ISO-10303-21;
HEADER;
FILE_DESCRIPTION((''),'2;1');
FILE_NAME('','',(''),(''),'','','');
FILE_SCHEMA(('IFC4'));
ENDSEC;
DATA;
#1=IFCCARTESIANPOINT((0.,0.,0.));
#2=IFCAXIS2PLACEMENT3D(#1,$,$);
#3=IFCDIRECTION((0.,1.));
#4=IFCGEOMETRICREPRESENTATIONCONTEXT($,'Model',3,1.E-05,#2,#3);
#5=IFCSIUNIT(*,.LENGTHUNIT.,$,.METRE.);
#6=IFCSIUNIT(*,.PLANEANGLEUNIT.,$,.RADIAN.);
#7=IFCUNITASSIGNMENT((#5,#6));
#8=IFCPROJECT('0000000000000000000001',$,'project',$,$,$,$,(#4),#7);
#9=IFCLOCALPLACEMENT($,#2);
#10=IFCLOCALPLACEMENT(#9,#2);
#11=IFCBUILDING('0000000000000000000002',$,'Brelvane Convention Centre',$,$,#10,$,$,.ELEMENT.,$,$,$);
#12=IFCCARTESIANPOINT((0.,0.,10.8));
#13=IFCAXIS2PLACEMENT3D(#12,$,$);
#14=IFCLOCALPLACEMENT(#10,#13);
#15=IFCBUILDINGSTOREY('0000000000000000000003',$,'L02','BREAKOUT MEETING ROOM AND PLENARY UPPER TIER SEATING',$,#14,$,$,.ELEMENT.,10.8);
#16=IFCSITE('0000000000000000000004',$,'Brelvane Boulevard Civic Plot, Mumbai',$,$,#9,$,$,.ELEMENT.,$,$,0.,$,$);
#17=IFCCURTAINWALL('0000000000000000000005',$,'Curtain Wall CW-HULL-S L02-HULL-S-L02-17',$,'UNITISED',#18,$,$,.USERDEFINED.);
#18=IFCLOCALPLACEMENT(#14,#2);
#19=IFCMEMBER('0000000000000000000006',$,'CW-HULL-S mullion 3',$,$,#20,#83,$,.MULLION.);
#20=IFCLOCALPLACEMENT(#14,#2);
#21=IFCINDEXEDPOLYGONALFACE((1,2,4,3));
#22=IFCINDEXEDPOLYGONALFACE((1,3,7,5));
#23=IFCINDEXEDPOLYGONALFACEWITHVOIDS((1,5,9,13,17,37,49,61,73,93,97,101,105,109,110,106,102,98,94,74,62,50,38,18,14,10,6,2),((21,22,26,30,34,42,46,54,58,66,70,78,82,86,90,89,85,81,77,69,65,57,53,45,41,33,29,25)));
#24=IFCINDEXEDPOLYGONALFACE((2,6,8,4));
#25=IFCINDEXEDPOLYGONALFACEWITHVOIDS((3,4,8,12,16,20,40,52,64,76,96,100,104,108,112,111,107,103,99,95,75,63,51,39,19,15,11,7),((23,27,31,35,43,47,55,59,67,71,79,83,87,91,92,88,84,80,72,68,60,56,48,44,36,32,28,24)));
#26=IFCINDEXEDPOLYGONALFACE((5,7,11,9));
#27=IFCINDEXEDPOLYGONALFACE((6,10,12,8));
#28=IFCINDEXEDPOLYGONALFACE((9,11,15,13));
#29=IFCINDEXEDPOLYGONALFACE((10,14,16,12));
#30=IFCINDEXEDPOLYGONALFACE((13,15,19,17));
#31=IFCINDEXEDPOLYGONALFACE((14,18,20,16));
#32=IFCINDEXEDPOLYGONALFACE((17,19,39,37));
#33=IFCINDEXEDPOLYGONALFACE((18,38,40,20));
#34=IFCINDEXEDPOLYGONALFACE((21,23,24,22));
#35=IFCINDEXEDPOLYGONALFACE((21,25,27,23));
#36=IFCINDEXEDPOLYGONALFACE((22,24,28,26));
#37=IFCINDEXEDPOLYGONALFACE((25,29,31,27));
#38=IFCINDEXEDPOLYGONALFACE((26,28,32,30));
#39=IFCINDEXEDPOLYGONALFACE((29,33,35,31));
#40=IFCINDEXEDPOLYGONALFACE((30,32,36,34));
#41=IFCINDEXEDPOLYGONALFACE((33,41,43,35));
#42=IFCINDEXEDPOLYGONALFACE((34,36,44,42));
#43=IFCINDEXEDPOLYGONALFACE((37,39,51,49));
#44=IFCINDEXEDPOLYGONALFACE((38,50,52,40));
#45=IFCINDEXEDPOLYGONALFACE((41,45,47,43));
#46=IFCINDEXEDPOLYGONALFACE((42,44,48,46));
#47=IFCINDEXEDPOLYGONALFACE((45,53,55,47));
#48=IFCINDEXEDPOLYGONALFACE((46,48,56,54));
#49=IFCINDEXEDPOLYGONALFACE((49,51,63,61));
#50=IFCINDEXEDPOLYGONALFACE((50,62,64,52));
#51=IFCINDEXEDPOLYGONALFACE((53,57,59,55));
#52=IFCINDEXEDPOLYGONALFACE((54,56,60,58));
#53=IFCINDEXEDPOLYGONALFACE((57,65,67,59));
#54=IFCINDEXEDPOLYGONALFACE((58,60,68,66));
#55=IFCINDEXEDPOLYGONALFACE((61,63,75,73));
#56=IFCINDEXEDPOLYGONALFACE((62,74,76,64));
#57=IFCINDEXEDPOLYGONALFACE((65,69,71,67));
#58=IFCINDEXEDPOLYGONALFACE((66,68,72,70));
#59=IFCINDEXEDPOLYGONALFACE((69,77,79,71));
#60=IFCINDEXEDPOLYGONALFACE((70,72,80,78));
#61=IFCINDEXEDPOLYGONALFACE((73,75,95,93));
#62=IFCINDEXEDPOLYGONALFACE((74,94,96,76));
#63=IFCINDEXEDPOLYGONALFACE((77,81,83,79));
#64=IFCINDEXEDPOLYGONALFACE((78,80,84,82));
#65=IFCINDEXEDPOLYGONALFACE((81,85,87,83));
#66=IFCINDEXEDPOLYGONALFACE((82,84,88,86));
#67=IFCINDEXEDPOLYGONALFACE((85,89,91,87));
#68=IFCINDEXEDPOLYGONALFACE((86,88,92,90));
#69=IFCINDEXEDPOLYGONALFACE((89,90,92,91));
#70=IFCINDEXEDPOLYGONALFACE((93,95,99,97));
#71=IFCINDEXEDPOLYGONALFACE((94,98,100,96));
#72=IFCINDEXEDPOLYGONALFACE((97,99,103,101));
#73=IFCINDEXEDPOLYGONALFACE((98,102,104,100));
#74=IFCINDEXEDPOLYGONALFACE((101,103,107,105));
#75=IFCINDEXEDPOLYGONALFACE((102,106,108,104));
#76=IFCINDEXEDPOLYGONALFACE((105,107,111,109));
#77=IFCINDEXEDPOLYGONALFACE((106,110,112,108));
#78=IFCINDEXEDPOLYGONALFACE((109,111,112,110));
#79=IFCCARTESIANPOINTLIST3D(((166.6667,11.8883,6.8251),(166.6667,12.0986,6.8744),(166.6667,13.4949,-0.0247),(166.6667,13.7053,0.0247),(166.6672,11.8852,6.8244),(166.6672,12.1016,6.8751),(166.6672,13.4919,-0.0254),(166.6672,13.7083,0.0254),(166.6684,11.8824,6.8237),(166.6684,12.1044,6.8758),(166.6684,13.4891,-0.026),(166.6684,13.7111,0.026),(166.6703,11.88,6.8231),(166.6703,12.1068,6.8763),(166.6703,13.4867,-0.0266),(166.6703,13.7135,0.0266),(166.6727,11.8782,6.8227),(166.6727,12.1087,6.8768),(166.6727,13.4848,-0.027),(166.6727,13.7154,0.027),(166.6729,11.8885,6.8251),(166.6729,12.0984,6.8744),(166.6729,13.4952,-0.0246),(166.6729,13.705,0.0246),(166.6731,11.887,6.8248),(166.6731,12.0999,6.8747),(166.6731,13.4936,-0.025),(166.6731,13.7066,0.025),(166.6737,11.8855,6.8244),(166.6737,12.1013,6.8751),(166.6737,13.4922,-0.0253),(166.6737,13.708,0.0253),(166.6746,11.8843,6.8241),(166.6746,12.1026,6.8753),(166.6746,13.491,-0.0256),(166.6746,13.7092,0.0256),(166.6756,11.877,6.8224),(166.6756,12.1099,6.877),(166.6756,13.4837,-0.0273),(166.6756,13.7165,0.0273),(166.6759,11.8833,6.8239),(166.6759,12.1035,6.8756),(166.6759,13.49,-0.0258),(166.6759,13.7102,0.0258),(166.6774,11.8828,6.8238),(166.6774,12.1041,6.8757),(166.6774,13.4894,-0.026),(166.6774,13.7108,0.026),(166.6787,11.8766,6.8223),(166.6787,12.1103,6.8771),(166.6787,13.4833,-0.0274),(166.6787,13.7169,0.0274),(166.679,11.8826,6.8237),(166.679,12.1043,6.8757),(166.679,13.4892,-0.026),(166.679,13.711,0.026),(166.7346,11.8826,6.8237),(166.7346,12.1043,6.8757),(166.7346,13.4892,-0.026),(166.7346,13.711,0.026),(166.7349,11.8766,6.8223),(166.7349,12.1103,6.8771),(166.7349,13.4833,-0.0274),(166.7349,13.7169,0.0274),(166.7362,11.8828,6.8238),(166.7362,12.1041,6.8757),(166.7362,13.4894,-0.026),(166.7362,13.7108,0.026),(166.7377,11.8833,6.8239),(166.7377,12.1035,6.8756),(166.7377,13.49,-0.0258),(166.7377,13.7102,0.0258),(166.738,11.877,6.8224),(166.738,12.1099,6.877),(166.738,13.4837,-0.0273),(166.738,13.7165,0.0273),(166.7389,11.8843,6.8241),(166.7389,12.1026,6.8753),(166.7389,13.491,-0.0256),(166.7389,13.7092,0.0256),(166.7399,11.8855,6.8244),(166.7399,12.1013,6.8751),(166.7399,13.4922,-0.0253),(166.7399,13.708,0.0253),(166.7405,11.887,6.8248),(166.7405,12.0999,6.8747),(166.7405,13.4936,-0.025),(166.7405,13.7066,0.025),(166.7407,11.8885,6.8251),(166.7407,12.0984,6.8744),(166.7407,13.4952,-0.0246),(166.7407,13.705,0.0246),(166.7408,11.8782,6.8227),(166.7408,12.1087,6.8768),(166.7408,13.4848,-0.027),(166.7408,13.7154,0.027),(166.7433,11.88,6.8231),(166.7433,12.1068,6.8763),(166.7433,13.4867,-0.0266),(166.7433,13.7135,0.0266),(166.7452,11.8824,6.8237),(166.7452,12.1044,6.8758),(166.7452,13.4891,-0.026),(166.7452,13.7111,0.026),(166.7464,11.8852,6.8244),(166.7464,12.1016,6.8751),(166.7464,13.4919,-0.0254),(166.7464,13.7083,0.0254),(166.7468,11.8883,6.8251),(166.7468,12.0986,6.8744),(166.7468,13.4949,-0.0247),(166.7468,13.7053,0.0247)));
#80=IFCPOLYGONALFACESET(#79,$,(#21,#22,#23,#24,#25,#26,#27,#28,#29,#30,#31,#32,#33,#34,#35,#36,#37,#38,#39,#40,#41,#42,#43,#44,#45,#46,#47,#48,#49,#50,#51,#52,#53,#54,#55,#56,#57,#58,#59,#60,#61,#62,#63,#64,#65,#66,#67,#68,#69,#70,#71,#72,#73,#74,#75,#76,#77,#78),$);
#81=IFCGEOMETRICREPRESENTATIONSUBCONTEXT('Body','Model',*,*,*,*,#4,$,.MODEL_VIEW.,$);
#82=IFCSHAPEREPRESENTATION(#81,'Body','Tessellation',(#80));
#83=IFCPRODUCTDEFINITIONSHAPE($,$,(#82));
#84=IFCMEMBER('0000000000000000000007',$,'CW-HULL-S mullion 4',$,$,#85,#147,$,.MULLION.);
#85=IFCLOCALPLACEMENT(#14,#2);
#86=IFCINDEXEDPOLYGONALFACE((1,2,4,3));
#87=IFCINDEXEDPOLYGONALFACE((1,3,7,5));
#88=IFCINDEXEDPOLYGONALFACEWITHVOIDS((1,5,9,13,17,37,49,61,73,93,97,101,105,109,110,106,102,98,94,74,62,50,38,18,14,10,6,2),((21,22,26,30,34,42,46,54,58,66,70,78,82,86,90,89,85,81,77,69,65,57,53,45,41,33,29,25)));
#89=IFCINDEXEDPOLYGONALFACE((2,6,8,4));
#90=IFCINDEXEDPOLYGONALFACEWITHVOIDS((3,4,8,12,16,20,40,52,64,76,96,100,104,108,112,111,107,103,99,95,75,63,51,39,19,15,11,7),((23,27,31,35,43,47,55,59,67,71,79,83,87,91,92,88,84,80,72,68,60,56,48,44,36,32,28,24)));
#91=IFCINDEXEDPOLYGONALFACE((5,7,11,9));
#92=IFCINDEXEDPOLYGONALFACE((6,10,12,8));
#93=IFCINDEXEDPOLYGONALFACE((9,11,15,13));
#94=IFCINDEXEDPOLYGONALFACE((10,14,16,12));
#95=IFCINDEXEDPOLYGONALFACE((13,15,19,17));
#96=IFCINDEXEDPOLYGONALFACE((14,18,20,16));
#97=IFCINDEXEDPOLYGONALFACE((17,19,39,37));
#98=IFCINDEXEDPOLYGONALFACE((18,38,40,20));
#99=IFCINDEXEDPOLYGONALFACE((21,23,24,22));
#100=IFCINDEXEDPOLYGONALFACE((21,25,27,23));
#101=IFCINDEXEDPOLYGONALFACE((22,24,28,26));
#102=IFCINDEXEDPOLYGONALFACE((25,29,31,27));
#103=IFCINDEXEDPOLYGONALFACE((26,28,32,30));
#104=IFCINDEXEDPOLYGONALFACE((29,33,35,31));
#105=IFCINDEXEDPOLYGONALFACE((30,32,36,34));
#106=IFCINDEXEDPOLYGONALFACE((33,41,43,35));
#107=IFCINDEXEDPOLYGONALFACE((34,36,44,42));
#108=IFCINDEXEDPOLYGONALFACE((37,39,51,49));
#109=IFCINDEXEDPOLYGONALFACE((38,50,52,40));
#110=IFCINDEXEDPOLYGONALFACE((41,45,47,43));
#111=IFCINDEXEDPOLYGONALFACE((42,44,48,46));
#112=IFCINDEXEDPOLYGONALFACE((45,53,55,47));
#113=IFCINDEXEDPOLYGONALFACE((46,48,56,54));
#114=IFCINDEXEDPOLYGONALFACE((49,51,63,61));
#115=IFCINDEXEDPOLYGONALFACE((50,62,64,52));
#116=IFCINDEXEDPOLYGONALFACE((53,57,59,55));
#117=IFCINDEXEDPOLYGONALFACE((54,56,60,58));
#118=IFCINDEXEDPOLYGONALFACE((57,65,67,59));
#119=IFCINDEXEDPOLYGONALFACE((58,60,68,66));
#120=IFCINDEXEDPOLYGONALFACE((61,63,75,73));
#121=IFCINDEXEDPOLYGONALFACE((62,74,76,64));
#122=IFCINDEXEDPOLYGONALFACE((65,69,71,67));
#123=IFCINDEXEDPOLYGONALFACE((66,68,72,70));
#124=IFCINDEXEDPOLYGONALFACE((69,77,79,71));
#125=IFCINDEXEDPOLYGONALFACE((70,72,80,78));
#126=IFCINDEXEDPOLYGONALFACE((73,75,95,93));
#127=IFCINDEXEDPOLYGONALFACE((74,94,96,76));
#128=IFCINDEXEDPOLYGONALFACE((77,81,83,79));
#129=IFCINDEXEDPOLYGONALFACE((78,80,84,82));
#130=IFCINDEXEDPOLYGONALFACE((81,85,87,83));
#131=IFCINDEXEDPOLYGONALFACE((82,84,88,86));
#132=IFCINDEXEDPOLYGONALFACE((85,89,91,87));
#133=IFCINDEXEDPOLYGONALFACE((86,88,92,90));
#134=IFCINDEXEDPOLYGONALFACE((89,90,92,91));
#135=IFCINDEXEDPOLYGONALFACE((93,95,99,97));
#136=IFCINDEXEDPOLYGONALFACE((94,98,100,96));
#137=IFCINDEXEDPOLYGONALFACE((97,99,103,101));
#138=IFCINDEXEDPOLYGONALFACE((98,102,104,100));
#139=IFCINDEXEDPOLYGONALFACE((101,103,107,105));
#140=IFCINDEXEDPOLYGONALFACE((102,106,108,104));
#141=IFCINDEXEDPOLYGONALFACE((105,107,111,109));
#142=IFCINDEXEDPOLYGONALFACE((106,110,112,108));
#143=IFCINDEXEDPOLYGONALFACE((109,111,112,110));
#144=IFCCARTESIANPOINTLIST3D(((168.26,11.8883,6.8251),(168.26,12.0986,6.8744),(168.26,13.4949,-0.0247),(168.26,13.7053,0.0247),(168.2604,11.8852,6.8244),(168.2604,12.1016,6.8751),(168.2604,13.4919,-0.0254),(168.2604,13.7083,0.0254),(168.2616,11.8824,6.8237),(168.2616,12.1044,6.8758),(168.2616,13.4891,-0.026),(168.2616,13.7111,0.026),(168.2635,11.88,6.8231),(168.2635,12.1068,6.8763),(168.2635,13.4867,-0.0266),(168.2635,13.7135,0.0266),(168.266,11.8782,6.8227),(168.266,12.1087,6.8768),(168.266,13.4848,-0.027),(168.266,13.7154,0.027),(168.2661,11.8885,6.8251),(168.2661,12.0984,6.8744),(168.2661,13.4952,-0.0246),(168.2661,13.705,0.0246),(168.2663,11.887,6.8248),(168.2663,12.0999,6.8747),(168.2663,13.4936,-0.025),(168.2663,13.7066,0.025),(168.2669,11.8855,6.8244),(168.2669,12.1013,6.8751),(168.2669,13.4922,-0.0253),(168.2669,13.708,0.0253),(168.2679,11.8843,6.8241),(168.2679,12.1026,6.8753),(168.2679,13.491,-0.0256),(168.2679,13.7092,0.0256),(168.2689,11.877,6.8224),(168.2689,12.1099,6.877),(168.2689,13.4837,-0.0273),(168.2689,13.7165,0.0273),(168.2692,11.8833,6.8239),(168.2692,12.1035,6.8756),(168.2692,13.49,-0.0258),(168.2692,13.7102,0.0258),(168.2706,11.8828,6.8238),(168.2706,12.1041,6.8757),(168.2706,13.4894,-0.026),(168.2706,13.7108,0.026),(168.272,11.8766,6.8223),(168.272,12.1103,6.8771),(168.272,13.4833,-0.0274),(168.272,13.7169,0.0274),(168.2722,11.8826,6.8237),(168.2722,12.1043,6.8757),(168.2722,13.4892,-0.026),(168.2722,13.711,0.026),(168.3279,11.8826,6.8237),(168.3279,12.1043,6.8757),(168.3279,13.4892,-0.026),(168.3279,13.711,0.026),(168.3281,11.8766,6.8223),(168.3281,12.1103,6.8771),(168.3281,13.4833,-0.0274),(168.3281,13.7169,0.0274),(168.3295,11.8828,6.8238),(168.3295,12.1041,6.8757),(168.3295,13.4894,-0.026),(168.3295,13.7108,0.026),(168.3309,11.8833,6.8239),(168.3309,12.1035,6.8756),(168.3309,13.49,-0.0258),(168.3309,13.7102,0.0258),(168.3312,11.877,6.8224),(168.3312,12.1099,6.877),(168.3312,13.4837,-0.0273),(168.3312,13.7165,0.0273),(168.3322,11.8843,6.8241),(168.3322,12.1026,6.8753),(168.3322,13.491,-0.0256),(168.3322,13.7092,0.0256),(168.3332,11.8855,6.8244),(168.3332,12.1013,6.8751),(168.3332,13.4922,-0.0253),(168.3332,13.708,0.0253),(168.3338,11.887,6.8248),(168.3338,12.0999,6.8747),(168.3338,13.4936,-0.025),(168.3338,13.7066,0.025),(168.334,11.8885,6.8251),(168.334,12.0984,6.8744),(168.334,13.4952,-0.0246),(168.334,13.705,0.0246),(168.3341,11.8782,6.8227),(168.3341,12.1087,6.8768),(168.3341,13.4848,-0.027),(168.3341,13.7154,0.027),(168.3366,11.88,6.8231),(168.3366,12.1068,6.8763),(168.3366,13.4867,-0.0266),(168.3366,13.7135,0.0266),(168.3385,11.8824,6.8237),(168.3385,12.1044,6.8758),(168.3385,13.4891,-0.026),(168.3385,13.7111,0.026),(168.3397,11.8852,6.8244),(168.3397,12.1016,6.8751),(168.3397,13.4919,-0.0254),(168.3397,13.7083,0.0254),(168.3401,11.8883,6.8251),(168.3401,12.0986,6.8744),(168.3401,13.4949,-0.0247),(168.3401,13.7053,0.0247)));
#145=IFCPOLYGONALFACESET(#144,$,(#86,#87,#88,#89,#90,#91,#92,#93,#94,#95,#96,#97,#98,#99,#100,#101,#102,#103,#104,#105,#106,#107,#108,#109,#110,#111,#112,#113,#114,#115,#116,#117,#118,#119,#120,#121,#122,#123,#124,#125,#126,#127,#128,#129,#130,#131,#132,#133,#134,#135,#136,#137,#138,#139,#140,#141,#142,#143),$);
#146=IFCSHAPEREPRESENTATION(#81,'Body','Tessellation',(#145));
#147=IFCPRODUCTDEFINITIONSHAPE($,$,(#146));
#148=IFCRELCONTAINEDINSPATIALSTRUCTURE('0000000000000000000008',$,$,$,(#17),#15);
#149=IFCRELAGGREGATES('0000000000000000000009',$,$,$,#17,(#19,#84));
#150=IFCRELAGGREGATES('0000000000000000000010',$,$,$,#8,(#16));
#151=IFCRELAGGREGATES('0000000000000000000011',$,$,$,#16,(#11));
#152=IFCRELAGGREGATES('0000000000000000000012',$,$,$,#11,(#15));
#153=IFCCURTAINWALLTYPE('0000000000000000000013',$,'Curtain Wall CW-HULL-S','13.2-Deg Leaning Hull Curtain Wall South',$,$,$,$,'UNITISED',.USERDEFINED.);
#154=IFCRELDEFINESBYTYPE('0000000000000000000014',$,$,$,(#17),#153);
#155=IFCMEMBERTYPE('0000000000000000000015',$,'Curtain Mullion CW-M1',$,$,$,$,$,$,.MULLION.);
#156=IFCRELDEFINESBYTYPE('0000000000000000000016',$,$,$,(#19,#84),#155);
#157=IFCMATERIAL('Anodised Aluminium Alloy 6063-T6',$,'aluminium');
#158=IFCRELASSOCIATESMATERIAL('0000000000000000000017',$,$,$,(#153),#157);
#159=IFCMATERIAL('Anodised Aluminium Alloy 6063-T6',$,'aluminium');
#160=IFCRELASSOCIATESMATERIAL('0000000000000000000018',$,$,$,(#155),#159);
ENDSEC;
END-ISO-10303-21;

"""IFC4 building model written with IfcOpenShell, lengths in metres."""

from ifc_helpers import new_model, si_unit, direction, frame, origin, origin_2d, place, context, subcontext, project, spatial, hollow_rectangle, extrude, material, material_profile, profile_set, type_object, element, aggregate, save


model = new_model("IFC4")

# Units and contexts
model_context = context("Model", 3, precision=1e-05, world=origin(), true_north=direction((0.0, 1.0)))
body_context = subcontext(model_context, "Body", "Model", "MODEL_VIEW")
ifc_project = project(units=[si_unit("LENGTHUNIT", "METRE"), si_unit("PLANEANGLEUNIT", "RADIAN")], contexts=[model_context])

# Site, building, storey
site_placement = place(None, origin())
site = spatial("IfcSite", under=ifc_project, at=site_placement, Name="Brelvane Boulevard Civic Plot, Mumbai", CompositionType="ELEMENT", RefElevation=0.0)
building_placement = place(site_placement, origin())
building = spatial("IfcBuilding", under=site, at=building_placement, Name="Brelvane Convention Centre", CompositionType="ELEMENT")
storey_placement = place(building_placement, frame((0.0, 0.0, 10.8)))
storey = spatial("IfcBuildingStorey", under=building, at=storey_placement, Name="L02", Description="BREAKOUT MEETING ROOM AND PLENARY UPPER TIER SEATING", CompositionType="ELEMENT", Elevation=10.8)

# Curtain wall, members
ifc_material_1 = material(Name="Anodised Aluminium Alloy 6063-T6", Category="aluminium")
curtain_wall_type = type_object("IfcCurtainWallType", Name="Curtain Wall CW-HULL-S", Description="13.2-Deg Leaning Hull Curtain Wall South", ElementType="UNITISED", PredefinedType="USERDEFINED", material=ifc_material_1)
ifc_material_2 = material(Name="Anodised Aluminium Alloy 6063-T6", Category="aluminium")
ifc_material_profile_1 = material_profile(ifc_material_2, hollow_rectangle(XDim=0.0801, YDim=0.24, WallThickness=0.0061, InnerFilletRadius=0.0061, OuterFilletRadius=0.012, at=origin_2d()), Name="ALU-M 240x80x6.0")
ifc_profile_set_1 = profile_set([ifc_material_profile_1], Name="Anodised Aluminium Alloy 6063-T6")
member_type_1 = type_object("IfcMemberType", Name="Curtain Mullion CW-M1", PredefinedType="MULLION", material=ifc_profile_set_1)
curtain_wall_1_placement = place(storey_placement, origin())
curtain_wall_1 = element("IfcCurtainWall", 1, at=curtain_wall_1_placement, inside=storey, type_object=curtain_wall_type, Name="Curtain Wall CW-HULL-S L02-HULL-S-L02-17", ObjectType="UNITISED", PredefinedType="USERDEFINED")
member_1_placement = place(storey_placement, frame((166.7068, 13.6001, 0.0), z_axis=(0.0, -0.22836, 0.973577), x_axis=(1.0, 0.0, 0.0)))
member_1 = element("IfcMember", 2, at=member_1_placement, type_object=member_type_1, Name="CW-HULL-S mullion 3", PredefinedType="MULLION", context=body_context, shape_type="SweptSolid", body=[
    extrude(hollow_rectangle(XDim=0.0801, YDim=0.24, WallThickness=0.0061, InnerFilletRadius=0.0061, OuterFilletRadius=0.012, at=origin_2d()), origin(), (0.0, 0.0, 1.0), 7.0356),
])
member_2_placement = place(storey_placement, frame((168.3, 13.6001, 0.0), z_axis=(0.0, -0.22836, 0.973577), x_axis=(1.0, 0.0, 0.0)))
member_2 = element("IfcMember", 3, at=member_2_placement, type_object=member_type_1, Name="CW-HULL-S mullion 4", PredefinedType="MULLION", context=body_context, shape_type="SweptSolid", body=[
    extrude(hollow_rectangle(XDim=0.0801, YDim=0.24, WallThickness=0.0061, InnerFilletRadius=0.0061, OuterFilletRadius=0.012, at=origin_2d()), origin(), (0.0, 0.0, 1.0), 7.0356),
])

aggregate(curtain_wall_1, [member_1, member_2])

save(model, "model.ifc")
